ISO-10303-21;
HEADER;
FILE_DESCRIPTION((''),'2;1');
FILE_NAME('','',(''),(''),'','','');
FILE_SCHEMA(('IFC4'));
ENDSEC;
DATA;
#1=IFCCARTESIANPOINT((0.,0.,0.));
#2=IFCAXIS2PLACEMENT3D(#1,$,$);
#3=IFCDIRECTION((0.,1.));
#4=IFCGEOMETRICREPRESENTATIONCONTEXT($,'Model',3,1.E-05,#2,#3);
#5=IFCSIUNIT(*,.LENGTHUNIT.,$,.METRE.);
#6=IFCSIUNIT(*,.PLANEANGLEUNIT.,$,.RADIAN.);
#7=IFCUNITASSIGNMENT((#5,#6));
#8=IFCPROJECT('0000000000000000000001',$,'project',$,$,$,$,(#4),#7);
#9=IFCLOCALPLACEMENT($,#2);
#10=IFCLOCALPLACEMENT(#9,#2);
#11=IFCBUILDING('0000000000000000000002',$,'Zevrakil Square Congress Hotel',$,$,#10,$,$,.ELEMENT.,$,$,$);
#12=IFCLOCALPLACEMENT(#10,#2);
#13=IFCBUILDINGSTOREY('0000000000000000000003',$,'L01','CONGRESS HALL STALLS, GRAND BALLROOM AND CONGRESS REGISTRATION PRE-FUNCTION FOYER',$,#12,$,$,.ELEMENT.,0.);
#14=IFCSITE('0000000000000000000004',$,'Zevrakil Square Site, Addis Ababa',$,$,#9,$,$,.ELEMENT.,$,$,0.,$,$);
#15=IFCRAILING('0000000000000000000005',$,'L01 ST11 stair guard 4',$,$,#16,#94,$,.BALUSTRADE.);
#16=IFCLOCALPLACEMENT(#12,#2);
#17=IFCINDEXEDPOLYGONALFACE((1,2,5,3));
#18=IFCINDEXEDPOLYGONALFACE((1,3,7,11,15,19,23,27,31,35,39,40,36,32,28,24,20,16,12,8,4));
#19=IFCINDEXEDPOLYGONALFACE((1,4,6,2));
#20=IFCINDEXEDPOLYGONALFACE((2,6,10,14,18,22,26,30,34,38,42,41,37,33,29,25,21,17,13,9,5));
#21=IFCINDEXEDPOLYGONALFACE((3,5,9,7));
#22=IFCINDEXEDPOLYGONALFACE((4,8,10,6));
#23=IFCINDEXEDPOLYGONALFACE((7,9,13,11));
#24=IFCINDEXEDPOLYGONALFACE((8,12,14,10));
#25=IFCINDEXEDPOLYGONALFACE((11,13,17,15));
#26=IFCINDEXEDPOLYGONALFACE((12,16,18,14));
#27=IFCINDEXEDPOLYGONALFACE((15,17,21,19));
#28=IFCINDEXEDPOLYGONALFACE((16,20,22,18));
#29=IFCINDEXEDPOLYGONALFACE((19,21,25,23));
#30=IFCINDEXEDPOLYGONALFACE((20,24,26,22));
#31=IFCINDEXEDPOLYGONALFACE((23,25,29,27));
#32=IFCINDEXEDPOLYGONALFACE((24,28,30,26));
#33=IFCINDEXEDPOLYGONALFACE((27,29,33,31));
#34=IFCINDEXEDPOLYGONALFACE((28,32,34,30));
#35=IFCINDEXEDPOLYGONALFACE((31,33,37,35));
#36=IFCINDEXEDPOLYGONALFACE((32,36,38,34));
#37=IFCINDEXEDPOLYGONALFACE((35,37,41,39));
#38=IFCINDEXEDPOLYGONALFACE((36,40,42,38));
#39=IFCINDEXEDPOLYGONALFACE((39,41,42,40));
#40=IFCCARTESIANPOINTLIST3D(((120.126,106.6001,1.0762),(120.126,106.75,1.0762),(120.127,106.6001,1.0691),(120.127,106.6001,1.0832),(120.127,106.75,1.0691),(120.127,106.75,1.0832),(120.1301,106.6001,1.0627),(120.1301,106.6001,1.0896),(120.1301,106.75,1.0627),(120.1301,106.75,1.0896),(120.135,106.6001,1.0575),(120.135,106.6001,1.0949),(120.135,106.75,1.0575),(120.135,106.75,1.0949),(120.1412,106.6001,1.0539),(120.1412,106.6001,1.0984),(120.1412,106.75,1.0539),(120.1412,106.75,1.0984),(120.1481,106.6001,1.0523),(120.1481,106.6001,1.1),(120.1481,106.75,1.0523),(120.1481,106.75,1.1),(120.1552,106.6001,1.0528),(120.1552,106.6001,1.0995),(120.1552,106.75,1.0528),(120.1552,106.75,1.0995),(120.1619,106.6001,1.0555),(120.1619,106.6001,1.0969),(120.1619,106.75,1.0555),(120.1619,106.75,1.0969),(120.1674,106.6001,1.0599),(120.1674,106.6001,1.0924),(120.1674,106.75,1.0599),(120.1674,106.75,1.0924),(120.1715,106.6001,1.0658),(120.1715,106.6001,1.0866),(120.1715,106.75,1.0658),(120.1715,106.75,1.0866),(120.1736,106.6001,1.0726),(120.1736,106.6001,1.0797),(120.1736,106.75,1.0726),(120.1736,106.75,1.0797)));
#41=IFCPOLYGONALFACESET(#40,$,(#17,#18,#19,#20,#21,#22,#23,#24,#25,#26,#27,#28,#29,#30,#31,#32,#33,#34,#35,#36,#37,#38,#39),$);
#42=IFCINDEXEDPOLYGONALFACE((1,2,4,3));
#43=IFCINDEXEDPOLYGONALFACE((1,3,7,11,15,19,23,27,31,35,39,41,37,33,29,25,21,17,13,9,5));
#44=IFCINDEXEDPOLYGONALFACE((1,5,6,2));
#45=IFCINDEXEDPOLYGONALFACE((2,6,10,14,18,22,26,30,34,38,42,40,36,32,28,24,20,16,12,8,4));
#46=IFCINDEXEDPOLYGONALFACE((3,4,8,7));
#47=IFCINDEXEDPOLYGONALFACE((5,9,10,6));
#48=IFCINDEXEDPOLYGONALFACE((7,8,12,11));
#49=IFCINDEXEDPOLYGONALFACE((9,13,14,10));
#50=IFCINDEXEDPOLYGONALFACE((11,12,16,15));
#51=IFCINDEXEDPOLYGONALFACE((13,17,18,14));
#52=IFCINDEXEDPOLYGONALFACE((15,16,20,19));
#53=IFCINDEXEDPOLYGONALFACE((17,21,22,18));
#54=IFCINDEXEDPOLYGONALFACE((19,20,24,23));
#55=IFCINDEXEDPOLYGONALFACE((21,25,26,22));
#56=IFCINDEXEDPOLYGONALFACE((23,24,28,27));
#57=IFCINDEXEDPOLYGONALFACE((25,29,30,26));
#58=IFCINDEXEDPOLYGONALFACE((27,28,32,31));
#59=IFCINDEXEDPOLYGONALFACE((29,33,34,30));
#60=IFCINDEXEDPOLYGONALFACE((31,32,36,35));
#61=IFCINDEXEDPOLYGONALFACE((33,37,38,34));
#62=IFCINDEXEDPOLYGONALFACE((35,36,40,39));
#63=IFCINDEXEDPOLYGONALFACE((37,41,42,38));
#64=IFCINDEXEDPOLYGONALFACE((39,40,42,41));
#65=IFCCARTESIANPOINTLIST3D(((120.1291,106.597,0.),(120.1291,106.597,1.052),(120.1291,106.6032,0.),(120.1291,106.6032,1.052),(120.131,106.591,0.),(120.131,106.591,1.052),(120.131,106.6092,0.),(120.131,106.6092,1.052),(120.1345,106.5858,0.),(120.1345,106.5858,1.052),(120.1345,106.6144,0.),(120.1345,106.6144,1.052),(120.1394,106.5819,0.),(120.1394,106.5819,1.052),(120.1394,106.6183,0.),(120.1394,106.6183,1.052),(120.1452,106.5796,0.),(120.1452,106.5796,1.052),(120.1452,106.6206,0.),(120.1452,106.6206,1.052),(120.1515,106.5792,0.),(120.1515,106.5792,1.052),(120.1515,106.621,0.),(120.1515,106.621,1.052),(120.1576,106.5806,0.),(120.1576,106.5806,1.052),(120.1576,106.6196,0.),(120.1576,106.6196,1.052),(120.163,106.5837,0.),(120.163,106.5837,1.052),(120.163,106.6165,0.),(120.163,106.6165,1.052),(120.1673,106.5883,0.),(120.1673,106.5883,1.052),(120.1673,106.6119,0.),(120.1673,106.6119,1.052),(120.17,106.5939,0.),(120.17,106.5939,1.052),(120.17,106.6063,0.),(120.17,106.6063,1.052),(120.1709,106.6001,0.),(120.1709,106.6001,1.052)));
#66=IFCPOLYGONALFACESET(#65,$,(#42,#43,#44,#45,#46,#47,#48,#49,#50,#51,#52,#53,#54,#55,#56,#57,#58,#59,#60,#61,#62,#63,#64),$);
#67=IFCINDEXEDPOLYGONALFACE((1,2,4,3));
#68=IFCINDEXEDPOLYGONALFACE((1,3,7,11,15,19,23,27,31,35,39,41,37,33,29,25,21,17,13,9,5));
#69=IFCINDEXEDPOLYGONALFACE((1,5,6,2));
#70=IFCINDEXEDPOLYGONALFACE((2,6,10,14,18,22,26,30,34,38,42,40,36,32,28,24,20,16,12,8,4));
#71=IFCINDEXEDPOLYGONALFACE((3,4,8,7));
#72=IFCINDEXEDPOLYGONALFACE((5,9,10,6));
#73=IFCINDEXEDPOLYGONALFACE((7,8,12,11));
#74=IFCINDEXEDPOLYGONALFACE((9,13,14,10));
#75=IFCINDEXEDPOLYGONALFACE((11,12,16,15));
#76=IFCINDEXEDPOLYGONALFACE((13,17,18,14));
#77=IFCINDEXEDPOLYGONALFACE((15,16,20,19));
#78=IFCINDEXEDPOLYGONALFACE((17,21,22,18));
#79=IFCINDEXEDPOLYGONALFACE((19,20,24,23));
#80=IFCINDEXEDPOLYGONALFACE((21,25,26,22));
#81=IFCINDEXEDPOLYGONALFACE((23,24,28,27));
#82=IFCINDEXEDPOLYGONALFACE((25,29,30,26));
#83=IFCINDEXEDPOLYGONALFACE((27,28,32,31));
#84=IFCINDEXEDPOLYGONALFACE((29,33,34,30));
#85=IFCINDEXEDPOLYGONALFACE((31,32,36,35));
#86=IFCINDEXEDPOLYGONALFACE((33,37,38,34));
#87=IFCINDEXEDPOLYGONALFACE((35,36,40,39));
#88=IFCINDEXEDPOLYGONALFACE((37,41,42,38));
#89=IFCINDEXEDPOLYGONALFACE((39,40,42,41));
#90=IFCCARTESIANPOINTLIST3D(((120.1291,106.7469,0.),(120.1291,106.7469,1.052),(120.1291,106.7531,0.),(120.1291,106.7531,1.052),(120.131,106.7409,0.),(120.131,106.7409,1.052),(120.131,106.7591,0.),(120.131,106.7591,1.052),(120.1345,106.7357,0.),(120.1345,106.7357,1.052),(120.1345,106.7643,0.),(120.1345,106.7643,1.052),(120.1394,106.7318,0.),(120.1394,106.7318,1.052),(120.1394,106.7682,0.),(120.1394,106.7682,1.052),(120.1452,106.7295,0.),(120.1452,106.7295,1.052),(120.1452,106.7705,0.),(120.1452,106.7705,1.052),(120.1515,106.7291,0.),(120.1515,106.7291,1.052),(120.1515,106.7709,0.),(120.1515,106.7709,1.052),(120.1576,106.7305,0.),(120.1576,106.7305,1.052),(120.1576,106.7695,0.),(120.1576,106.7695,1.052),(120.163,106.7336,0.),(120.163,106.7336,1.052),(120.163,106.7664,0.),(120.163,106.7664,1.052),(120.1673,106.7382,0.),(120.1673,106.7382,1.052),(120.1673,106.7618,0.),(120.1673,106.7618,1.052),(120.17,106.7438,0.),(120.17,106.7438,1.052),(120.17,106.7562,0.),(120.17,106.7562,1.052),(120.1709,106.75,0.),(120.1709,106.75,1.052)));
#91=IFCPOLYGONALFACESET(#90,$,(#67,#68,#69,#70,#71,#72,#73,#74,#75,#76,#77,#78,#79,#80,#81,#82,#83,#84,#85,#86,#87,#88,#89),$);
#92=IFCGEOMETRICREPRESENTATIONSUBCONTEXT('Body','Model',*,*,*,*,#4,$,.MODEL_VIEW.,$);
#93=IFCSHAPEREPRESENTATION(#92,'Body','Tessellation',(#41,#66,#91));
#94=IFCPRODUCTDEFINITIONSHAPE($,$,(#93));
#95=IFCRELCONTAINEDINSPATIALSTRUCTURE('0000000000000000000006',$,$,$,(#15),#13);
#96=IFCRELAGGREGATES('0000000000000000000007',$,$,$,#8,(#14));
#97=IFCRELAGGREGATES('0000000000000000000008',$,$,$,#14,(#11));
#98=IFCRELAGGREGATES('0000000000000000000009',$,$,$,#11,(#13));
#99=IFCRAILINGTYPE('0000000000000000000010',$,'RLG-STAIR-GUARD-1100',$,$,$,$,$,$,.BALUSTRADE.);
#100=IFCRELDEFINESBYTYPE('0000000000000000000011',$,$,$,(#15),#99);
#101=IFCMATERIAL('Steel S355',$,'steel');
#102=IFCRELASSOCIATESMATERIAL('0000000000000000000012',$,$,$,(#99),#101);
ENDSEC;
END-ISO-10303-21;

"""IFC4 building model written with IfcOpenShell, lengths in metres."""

from ifc_helpers import new_model, si_unit, direction, frame, origin, origin_2d, place, context, subcontext, project, spatial, circle, extrude, material, type_object, element, save


model = new_model("IFC4")

# Units and contexts
model_context = context("Model", 3, precision=1e-05, world=origin(), true_north=direction((0.0, 1.0)))
body_context = subcontext(model_context, "Body", "Model", "MODEL_VIEW")
ifc_project = project(units=[si_unit("LENGTHUNIT", "METRE"), si_unit("PLANEANGLEUNIT", "RADIAN")], contexts=[model_context])

# Site, building, storey
site_placement = place(None, origin())
site = spatial("IfcSite", under=ifc_project, at=site_placement, Name="Zevrakil Square Site, Addis Ababa", CompositionType="ELEMENT", RefElevation=0.0)
building_placement = place(site_placement, origin())
building = spatial("IfcBuilding", under=site, at=building_placement, Name="Zevrakil Square Congress Hotel", CompositionType="ELEMENT")
storey_placement = place(building_placement, origin())
storey = spatial("IfcBuildingStorey", under=building, at=storey_placement, Name="L01", Description="CONGRESS HALL STALLS, GRAND BALLROOM AND CONGRESS REGISTRATION PRE-FUNCTION FOYER", CompositionType="ELEMENT", Elevation=0.0)

# Railing
ifc_material_1 = material(Name="Steel S355", Category="steel")
railing_type_1 = type_object("IfcRailingType", Name="RLG-STAIR-GUARD-1100", PredefinedType="BALUSTRADE", material=ifc_material_1)
railing_1_placement = place(storey_placement, frame((120.1499, 106.6001, 0.0)))
element("IfcRailing", 1, at=railing_1_placement, inside=storey, type_object=railing_type_1, Name="L01 ST11 stair guard 4", PredefinedType="BALUSTRADE", context=body_context, shape_type="SweptSolid", body=[
    extrude(circle(Radius=0.0239, at=origin_2d()), frame((0.0, 0.0, 1.0762), z_axis=(0.0, 1.0, 0.0), x_axis=(-1.0, 0.0, 0.0)), (0.0, 0.0, 1.0), 0.1499),
    extrude(circle(Radius=0.021, at=origin_2d()), origin(), (0.0, 0.0, 1.0), 1.052),
    extrude(circle(Radius=0.021, at=origin_2d()), frame((0.0, 0.1499, 0.0)), (0.0, 0.0, 1.0), 1.052),
])

save(model, "model.ifc")
